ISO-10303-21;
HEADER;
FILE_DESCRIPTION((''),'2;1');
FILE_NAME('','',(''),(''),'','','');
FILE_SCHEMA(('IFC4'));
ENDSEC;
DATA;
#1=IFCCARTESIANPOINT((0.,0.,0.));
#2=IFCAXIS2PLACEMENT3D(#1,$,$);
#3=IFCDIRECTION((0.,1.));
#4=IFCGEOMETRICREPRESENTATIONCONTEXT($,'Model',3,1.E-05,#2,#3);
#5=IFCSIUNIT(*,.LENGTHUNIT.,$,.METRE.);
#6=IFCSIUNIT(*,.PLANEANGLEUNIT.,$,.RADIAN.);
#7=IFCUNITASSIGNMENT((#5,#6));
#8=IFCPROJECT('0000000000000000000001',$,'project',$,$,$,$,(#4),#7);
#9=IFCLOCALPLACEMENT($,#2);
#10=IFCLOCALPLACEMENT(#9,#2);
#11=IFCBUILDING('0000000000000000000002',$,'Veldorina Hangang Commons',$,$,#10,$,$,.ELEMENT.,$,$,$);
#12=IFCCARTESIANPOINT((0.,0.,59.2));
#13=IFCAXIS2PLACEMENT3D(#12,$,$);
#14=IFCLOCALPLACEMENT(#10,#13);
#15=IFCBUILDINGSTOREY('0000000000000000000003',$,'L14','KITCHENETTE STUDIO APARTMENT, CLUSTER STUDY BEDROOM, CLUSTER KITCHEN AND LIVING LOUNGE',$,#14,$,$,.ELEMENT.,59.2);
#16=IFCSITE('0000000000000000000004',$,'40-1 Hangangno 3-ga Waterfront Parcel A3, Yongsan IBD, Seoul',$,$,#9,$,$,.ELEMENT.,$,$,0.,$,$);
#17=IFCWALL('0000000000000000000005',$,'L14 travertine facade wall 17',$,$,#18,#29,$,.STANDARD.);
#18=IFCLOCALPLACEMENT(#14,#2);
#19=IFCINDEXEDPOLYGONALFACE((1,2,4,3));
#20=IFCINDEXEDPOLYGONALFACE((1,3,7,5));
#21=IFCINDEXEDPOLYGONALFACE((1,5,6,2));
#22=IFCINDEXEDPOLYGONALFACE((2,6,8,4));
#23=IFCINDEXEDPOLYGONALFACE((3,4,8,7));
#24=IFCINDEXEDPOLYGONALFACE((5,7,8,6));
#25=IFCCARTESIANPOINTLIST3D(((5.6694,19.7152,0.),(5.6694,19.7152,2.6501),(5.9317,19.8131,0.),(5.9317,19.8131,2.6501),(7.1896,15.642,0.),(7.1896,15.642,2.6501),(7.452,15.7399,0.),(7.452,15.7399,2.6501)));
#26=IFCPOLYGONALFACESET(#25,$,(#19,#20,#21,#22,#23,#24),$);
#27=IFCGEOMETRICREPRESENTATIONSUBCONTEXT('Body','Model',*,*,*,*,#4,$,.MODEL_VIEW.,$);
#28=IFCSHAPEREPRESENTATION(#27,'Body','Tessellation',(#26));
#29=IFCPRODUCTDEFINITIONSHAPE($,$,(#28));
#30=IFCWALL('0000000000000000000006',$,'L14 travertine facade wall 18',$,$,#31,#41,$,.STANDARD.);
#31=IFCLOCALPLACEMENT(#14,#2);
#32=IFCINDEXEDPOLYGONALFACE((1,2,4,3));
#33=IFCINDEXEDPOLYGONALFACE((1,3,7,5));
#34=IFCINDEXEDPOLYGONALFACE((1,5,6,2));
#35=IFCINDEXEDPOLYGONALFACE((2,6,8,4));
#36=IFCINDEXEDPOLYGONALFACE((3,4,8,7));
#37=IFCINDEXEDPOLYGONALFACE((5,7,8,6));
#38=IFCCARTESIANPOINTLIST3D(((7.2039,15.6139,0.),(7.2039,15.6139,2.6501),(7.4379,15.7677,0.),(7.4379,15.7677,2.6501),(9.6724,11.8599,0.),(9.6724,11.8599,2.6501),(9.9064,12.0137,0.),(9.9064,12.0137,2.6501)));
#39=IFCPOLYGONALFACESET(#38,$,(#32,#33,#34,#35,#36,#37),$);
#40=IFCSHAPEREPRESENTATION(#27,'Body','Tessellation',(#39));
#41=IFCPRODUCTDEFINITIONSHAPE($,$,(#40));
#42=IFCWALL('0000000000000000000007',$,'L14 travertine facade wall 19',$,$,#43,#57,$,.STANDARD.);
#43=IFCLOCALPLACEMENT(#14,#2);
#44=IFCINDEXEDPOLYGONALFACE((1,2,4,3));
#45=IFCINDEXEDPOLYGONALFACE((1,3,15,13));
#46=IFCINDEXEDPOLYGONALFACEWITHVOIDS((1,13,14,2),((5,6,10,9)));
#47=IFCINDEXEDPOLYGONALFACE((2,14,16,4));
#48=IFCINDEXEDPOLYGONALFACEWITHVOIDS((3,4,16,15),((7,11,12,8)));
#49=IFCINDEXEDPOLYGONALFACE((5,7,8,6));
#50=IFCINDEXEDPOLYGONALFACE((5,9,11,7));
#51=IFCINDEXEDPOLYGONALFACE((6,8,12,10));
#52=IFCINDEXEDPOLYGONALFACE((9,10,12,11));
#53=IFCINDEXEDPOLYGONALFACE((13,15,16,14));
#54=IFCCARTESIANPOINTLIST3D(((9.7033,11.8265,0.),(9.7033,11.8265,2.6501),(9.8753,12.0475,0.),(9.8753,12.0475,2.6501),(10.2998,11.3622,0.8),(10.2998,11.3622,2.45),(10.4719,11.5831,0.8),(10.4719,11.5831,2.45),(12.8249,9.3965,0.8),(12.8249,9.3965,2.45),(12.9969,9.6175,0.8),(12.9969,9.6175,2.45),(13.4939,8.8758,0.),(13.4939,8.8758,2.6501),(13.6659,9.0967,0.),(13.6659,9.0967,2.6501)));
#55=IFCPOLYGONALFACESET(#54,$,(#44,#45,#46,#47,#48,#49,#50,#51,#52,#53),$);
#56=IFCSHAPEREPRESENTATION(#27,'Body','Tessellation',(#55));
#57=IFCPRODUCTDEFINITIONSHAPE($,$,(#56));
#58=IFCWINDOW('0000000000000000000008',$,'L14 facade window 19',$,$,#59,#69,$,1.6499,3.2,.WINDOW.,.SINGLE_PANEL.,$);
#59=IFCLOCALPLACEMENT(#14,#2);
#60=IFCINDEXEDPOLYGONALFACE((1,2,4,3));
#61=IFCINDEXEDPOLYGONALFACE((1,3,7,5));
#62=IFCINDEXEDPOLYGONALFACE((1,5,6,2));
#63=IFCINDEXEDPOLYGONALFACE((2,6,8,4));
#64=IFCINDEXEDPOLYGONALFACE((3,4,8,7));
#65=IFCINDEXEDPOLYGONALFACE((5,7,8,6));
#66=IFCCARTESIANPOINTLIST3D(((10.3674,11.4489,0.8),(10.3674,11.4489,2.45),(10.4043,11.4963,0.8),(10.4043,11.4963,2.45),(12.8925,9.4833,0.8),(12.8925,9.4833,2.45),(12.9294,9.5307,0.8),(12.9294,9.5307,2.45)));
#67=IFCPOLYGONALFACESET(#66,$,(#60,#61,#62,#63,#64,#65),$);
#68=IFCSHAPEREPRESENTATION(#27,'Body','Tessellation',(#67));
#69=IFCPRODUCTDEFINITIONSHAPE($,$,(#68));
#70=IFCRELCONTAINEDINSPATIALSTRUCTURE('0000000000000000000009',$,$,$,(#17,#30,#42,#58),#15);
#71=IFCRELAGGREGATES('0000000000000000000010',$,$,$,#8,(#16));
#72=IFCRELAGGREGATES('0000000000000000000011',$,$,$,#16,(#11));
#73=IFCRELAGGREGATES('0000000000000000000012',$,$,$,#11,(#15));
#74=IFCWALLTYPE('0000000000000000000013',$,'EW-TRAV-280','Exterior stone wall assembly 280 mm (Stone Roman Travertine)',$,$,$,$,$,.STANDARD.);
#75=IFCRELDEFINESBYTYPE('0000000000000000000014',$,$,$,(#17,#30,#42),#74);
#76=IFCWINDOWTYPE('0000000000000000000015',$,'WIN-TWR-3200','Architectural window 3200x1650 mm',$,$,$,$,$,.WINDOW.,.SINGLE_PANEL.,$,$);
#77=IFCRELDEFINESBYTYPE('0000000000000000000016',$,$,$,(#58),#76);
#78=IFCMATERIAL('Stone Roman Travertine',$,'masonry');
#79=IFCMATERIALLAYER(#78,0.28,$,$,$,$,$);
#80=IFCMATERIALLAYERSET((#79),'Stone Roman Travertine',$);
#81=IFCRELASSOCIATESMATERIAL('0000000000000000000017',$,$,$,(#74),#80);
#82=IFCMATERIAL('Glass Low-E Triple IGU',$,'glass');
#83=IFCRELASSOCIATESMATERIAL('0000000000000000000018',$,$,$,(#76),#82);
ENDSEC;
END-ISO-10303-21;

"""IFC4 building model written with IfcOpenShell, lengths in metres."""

from ifc_helpers import new_model, si_unit, direction, frame, frame_2d, origin, place, context, subcontext, project, spatial, rectangle, extrude, material, layer, layer_set, type_object, element, fill, save


model = new_model("IFC4")

# Units and contexts
model_context = context("Model", 3, precision=1e-05, world=origin(), true_north=direction((0.0, 1.0)))
body_context = subcontext(model_context, "Body", "Model", "MODEL_VIEW")
ifc_project = project(units=[si_unit("LENGTHUNIT", "METRE"), si_unit("PLANEANGLEUNIT", "RADIAN")], contexts=[model_context])

# Site, building, storey
site_placement = place(None, origin())
site = spatial("IfcSite", under=ifc_project, at=site_placement, Name="40-1 Hangangno 3-ga Waterfront Parcel A3, Yongsan IBD, Seoul", CompositionType="ELEMENT", RefElevation=0.0)
building_placement = place(site_placement, origin())
building = spatial("IfcBuilding", under=site, at=building_placement, Name="Veldorina Hangang Commons", CompositionType="ELEMENT")
storey_placement = place(building_placement, frame((0.0, 0.0, 59.2)))
storey = spatial("IfcBuildingStorey", under=building, at=storey_placement, Name="L14", Description="KITCHENETTE STUDIO APARTMENT, CLUSTER STUDY BEDROOM, CLUSTER KITCHEN AND LIVING LOUNGE", CompositionType="ELEMENT", Elevation=59.2)

# Walls
ifc_material_1 = material(Name="Stone Roman Travertine", Category="masonry")
ifc_layer_1 = layer(ifc_material_1, 0.28)
ifc_layer_set_1 = layer_set([ifc_layer_1], Name="Stone Roman Travertine")
wall_type = type_object("IfcWallType", Name="EW-TRAV-280", Description="Exterior stone wall assembly 280 mm (Stone Roman Travertine)", PredefinedType="STANDARD", material=ifc_layer_set_1)
wall_1_placement = place(storey_placement, frame((5.8005, 19.7642, 0.0), z_axis=(0.0, 0.0, 1.0), x_axis=(0.349671, -0.936873, 0.0)))
element("IfcWall", 1, at=wall_1_placement, inside=storey, type_object=wall_type, Name="L14 travertine facade wall 17", PredefinedType="STANDARD", context=body_context, shape_type="SweptSolid", body=[
    extrude(rectangle(XDim=4.3477, YDim=0.28, at=frame_2d((2.1738, 0.0))), origin(), (0.0, 0.0, 1.0), 2.6501),
])
wall_2_placement = place(storey_placement, frame((7.3208, 15.6909, 0.0), z_axis=(0.0, 0.0, 1.0), x_axis=(0.549435, -0.835537, 0.0)))
element("IfcWall", 2, at=wall_2_placement, inside=storey, type_object=wall_type, Name="L14 travertine facade wall 18", PredefinedType="STANDARD", context=body_context, shape_type="SweptSolid", body=[
    extrude(rectangle(XDim=4.4929, YDim=0.28, at=frame_2d((2.2466, 0.0))), origin(), (0.0, 0.0, 1.0), 2.6501),
])

# Wall, opening, window
wall_3_placement = place(storey_placement, frame((9.7893, 11.937, 0.0), z_axis=(0.0, 0.0, 1.0), x_axis=(0.7891, -0.614264, 0.0)))
wall_3 = element("IfcWall", 3, at=wall_3_placement, inside=storey, type_object=wall_type, Name="L14 travertine facade wall 19", PredefinedType="STANDARD", context=body_context, shape_type="SweptSolid", body=[
    extrude(rectangle(XDim=4.8037, YDim=0.28, at=frame_2d((2.4019, 0.0))), origin(), (0.0, 0.0, 1.0), 2.6501),
])
opening_placement = place(wall_3_placement, frame((0.7559, 0.0, 0.8)))
opening = element("IfcOpeningElement", 4, at=opening_placement, cuts=wall_3, PredefinedType="OPENING", context=body_context, shape_type="SweptSolid", body=[
    extrude(rectangle(XDim=3.2, YDim=1.6499, at=frame_2d((1.6001, 0.825))), frame((0.0, 0.1499, 0.0), z_axis=(0.0, -1.0, 0.0), x_axis=(1.0, 0.0, 0.0)), (0.0, 0.0, 1.0), 0.3),
])
ifc_material_2 = material(Name="Glass Low-E Triple IGU", Category="glass")
window_type = type_object("IfcWindowType", Name="WIN-TWR-3200", Description="Architectural window 3200x1650 mm", PartitioningType="SINGLE_PANEL", PredefinedType="WINDOW", material=ifc_material_2)
window_placement = place(opening_placement, origin())
window = element("IfcWindow", 5, at=window_placement, inside=storey, type_object=window_type, Name="L14 facade window 19", OverallHeight=1.6499, OverallWidth=3.2, PartitioningType="SINGLE_PANEL", PredefinedType="WINDOW", context=body_context, shape_type="SweptSolid", body=[
    extrude(rectangle(XDim=3.2, YDim=1.6499, at=frame_2d((1.6001, 0.825))), frame((0.0, 0.03, 0.0), z_axis=(0.0, -1.0, 0.0), x_axis=(1.0, 0.0, 0.0)), (0.0, 0.0, 1.0), 0.0601),
])
fill(opening, window)

save(model, "model.ifc")
